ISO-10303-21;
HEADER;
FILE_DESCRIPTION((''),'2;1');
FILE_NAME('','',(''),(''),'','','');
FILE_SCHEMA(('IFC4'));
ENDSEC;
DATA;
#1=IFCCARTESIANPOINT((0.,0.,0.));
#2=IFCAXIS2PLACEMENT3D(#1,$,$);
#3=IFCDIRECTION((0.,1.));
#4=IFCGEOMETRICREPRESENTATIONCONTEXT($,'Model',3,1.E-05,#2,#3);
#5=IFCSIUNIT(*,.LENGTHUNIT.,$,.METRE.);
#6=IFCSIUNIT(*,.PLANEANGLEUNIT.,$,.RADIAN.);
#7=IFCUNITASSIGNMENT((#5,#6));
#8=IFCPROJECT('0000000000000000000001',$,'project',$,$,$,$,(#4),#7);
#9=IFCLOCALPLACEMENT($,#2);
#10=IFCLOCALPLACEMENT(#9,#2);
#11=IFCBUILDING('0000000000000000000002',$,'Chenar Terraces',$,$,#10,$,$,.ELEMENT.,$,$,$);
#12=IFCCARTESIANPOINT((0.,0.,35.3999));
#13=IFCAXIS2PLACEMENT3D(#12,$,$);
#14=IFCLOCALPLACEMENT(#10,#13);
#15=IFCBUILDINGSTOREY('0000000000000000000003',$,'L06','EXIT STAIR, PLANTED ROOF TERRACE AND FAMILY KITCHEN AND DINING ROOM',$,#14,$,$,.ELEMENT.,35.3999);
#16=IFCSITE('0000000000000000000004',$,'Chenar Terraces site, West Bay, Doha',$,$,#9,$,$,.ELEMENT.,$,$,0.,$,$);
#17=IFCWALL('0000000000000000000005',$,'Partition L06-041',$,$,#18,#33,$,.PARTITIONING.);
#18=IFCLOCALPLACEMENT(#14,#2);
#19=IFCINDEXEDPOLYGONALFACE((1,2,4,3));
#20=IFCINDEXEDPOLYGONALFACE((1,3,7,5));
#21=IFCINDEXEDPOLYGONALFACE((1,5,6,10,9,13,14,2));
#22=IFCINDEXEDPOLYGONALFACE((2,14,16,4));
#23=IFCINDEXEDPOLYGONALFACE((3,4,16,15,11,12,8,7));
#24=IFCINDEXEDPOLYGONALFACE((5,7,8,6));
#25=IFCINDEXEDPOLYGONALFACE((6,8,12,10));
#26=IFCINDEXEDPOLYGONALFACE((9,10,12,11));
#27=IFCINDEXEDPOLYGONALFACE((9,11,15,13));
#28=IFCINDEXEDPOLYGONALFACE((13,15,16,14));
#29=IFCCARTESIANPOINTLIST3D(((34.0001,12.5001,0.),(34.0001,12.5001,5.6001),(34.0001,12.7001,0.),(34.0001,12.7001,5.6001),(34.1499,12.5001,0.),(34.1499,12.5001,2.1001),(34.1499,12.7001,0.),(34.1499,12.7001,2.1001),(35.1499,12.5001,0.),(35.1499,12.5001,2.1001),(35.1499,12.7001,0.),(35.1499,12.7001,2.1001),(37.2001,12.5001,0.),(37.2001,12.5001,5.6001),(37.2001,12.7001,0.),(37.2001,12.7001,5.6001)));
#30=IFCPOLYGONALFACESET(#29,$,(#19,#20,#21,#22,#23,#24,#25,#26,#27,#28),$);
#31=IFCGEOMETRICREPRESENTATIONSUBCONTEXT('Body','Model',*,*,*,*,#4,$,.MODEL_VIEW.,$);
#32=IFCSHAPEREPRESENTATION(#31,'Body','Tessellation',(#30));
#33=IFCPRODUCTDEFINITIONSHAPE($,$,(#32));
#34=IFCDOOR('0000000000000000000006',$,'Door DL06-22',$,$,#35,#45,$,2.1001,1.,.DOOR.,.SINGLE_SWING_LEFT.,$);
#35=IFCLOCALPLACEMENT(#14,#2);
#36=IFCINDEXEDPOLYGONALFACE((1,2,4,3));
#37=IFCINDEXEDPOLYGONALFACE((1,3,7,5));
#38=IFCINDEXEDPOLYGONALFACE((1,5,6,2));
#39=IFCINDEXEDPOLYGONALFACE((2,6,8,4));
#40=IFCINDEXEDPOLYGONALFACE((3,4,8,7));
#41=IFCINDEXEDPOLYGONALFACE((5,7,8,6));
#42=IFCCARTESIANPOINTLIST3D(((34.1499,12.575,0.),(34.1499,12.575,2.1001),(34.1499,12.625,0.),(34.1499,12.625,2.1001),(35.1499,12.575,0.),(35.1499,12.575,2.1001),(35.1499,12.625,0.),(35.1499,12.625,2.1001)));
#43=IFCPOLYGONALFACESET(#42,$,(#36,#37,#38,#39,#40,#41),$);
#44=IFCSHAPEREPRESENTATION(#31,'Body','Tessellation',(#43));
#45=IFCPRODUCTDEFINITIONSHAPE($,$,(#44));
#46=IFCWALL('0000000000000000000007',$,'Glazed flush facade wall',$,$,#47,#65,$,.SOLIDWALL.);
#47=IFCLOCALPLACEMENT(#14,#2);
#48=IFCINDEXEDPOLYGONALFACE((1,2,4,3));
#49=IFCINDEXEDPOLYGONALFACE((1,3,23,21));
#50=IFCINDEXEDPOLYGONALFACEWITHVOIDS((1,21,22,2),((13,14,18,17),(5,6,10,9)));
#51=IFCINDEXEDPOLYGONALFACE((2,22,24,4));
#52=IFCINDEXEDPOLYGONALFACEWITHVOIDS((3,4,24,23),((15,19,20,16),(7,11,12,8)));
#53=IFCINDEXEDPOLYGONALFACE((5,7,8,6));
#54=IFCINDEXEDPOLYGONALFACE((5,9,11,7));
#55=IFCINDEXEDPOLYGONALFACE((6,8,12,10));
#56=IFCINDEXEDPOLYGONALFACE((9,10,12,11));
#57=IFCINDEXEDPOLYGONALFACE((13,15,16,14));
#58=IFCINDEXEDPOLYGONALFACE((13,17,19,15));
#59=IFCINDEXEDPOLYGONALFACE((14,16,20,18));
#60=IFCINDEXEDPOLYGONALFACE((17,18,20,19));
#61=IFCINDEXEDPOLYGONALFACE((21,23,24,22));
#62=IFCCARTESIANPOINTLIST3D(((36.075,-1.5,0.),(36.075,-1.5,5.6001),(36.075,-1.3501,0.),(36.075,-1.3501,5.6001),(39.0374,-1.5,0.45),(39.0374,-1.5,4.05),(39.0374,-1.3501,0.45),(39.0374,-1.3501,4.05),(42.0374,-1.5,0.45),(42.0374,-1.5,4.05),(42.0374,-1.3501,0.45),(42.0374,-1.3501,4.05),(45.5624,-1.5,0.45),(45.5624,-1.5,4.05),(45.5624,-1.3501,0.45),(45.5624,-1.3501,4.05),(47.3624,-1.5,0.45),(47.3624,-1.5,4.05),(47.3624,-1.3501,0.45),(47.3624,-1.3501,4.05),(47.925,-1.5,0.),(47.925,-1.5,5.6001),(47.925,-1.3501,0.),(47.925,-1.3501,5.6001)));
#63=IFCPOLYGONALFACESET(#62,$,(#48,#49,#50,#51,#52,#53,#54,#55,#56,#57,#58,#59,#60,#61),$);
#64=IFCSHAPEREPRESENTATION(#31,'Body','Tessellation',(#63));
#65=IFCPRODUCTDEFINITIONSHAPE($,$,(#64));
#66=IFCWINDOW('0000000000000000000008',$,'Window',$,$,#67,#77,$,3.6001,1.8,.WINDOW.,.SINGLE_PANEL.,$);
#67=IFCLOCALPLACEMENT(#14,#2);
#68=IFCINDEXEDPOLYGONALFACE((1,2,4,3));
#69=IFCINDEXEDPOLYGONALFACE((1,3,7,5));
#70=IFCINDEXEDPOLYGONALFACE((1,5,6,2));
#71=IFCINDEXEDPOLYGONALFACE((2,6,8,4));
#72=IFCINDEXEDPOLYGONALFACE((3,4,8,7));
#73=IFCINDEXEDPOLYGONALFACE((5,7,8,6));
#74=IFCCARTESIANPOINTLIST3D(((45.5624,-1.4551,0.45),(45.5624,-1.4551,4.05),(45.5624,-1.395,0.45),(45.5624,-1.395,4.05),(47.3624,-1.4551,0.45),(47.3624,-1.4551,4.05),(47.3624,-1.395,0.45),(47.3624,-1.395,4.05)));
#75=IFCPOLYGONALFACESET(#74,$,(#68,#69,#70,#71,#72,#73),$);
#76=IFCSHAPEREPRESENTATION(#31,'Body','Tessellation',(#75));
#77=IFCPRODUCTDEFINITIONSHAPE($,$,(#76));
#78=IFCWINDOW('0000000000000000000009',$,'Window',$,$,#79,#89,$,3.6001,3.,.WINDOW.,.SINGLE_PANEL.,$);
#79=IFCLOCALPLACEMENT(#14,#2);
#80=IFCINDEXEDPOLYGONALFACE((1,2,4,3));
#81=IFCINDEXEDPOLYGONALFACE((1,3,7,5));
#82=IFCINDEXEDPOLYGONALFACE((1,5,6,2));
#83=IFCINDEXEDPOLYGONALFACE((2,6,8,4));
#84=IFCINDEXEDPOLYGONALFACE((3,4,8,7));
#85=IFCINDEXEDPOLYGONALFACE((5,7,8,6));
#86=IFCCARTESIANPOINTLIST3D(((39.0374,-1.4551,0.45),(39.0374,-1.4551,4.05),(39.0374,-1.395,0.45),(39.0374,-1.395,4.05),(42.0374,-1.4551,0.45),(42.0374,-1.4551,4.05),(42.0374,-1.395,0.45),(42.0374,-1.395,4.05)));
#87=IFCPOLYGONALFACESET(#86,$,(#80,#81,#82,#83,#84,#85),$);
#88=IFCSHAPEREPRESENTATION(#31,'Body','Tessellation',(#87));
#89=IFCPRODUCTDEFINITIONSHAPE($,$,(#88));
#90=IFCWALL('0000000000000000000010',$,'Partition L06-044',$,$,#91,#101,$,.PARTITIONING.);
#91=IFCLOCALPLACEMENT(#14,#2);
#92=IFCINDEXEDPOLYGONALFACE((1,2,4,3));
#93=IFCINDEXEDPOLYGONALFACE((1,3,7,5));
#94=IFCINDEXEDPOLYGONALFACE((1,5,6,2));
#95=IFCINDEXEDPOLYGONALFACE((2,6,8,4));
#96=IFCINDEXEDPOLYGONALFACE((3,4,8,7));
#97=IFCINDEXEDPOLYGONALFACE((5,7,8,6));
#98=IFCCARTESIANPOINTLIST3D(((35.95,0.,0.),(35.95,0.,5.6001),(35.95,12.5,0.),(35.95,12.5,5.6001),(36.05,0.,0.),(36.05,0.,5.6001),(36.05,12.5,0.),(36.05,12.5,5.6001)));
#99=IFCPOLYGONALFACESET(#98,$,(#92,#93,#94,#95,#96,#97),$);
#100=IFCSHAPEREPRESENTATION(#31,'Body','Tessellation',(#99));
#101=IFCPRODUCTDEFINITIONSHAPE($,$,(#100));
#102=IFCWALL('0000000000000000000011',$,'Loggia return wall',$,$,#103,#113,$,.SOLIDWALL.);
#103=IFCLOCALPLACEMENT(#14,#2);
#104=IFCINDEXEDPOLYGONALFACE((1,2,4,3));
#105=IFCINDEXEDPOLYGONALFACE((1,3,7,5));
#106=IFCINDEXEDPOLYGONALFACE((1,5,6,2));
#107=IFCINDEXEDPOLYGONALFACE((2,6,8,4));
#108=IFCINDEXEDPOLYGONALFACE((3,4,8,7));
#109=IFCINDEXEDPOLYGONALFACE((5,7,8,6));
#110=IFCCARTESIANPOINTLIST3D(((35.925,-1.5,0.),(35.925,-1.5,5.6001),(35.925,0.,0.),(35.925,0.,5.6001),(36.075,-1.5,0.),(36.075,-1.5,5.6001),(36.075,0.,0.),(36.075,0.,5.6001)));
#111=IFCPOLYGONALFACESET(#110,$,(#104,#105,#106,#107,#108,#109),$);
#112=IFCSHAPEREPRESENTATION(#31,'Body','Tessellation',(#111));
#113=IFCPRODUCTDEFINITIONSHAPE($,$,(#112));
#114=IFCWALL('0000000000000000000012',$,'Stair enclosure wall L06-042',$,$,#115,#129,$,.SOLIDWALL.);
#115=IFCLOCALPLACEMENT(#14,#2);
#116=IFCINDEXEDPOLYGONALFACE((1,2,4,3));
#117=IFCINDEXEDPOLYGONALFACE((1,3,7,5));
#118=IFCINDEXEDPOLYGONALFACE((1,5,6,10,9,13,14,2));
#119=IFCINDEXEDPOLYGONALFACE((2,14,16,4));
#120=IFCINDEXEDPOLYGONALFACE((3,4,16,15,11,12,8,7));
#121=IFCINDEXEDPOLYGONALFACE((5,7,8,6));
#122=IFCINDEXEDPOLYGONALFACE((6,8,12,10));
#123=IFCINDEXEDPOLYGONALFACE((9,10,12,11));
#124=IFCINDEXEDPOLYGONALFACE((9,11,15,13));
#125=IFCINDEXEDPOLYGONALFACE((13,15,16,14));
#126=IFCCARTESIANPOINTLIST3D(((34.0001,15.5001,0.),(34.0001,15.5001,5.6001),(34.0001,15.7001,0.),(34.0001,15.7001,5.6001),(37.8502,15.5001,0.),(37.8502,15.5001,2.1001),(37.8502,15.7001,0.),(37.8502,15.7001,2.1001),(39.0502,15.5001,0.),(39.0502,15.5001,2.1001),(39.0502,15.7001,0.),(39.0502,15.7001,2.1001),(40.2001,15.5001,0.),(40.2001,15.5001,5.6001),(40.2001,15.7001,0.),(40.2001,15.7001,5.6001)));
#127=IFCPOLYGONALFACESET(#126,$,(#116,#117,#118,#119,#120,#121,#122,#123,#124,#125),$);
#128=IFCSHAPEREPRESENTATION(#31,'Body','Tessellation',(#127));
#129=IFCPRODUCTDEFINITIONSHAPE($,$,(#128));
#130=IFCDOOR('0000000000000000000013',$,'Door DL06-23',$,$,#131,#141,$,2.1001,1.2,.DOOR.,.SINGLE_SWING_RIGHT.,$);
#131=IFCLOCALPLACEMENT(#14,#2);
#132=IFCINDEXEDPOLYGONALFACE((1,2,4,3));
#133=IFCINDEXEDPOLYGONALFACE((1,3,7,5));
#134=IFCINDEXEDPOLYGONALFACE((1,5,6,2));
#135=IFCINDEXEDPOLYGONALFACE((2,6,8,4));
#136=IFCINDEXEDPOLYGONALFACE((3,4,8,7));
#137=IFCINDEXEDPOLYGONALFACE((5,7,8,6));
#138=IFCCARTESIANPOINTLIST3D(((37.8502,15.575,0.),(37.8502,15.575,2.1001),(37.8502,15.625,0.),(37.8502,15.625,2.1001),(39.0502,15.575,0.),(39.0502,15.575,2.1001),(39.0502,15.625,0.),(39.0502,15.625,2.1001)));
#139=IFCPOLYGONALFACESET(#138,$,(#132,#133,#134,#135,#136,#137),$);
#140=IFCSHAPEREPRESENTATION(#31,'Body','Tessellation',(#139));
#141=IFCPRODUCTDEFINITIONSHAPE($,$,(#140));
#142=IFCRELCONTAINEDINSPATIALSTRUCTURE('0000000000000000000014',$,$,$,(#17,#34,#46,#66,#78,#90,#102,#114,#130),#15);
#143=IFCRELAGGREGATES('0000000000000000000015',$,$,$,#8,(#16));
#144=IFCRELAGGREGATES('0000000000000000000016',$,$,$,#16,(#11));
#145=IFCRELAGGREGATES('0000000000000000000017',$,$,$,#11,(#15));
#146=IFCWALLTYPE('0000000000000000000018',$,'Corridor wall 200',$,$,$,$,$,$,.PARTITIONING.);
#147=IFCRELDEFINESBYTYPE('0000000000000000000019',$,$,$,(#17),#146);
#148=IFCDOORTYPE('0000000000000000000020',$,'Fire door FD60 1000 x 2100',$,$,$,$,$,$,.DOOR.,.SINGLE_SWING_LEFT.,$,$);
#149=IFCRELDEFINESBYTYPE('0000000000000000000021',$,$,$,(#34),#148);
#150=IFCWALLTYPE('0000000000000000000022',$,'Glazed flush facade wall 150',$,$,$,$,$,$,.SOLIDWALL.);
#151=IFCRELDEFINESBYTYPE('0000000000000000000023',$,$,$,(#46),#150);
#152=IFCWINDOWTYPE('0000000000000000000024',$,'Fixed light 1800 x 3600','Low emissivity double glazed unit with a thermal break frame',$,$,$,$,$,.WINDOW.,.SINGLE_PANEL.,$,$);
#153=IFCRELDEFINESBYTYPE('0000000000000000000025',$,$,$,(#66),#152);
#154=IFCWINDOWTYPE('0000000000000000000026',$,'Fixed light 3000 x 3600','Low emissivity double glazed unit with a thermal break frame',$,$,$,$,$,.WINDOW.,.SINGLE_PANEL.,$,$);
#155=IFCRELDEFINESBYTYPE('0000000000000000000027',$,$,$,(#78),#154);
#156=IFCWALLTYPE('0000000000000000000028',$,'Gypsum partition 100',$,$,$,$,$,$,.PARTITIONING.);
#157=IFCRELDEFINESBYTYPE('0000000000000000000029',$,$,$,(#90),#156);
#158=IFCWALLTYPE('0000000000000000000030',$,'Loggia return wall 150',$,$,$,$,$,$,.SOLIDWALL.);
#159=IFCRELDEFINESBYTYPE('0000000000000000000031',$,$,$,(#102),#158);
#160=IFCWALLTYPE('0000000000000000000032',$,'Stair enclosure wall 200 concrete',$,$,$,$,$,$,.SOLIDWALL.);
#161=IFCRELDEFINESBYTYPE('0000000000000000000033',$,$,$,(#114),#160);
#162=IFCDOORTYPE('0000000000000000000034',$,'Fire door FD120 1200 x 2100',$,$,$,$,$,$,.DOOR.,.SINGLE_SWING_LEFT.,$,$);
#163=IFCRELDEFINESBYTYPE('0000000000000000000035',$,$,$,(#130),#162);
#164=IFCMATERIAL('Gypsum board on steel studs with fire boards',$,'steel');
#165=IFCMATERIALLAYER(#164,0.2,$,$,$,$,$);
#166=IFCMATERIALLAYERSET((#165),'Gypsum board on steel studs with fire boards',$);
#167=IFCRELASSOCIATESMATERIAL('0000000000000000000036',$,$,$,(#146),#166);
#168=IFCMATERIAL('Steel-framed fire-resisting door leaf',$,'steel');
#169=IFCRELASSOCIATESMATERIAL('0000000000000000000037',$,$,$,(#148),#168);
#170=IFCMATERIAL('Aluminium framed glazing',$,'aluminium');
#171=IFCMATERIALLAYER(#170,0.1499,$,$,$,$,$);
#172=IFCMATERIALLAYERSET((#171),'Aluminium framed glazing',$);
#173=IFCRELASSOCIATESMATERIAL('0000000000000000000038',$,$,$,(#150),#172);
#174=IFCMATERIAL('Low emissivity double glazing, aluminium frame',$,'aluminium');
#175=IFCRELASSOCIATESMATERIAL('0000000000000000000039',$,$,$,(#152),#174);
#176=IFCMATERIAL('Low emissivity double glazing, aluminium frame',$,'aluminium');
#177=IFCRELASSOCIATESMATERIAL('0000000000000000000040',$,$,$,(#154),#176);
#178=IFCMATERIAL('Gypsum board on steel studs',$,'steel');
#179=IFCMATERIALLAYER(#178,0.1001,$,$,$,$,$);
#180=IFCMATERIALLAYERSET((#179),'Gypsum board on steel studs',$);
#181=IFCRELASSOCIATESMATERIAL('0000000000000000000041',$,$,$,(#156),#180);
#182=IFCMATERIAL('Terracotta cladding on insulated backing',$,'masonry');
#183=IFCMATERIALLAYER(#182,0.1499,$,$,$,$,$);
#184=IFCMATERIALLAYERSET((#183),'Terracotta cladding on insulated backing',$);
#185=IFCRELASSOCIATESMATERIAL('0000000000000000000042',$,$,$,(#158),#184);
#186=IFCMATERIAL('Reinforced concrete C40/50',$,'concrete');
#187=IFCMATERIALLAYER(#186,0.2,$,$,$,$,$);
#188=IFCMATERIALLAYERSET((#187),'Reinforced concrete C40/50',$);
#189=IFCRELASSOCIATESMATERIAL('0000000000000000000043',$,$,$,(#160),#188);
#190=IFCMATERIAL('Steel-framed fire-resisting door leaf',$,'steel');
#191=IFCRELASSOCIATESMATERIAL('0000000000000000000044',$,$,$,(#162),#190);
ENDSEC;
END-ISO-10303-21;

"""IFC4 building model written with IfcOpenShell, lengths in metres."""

from ifc_helpers import new_model, si_unit, direction, frame, frame_2d, origin, place, context, subcontext, project, spatial, rectangle, extrude, material, layer, layer_set, type_object, element, fill, save


model = new_model("IFC4")

# Units and contexts
model_context = context("Model", 3, precision=1e-05, world=origin(), true_north=direction((0.0, 1.0)))
body_context = subcontext(model_context, "Body", "Model", "MODEL_VIEW")
ifc_project = project(units=[si_unit("LENGTHUNIT", "METRE"), si_unit("PLANEANGLEUNIT", "RADIAN")], contexts=[model_context])

# Site, building, storey
site_placement = place(None, origin())
site = spatial("IfcSite", under=ifc_project, at=site_placement, Name="Chenar Terraces site, West Bay, Doha", CompositionType="ELEMENT", RefElevation=0.0)
building_placement = place(site_placement, origin())
building = spatial("IfcBuilding", under=site, at=building_placement, Name="Chenar Terraces", CompositionType="ELEMENT")
storey_placement = place(building_placement, frame((0.0, 0.0, 35.3999)))
storey = spatial("IfcBuildingStorey", under=building, at=storey_placement, Name="L06", Description="EXIT STAIR, PLANTED ROOF TERRACE AND FAMILY KITCHEN AND DINING ROOM", CompositionType="ELEMENT", Elevation=35.3999)

# Wall, opening, door
ifc_material_1 = material(Name="Gypsum board on steel studs with fire boards", Category="steel")
ifc_layer_1 = layer(ifc_material_1, 0.2)
ifc_layer_set_1 = layer_set([ifc_layer_1], Name="Gypsum board on steel studs with fire boards")
wall_type_1 = type_object("IfcWallType", Name="Corridor wall 200", PredefinedType="PARTITIONING", material=ifc_layer_set_1)
wall_1_placement = place(storey_placement, frame((34.0, 12.6001, 0.0), z_axis=(0.0, 0.0, 1.0), x_axis=(1.0, 0.0, 0.0)))
wall_1 = element("IfcWall", 1, at=wall_1_placement, inside=storey, type_object=wall_type_1, Name="Partition L06-041", PredefinedType="PARTITIONING", context=body_context, shape_type="SweptSolid", body=[
    extrude(rectangle(XDim=3.2, YDim=0.2, at=frame_2d((1.6001, 0.0))), origin(), (0.0, 0.0, 1.0), 5.6001),
])
opening_1_placement = place(wall_1_placement, frame((0.1499, 0.0, 0.0)))
opening_1 = element("IfcOpeningElement", 2, at=opening_1_placement, cuts=wall_1, PredefinedType="OPENING", context=body_context, shape_type="SweptSolid", body=[
    extrude(rectangle(XDim=1.0, YDim=2.1001, at=frame_2d((0.5, 1.05))), frame((0.0, 0.1099, 0.0), z_axis=(0.0, -1.0, 0.0), x_axis=(1.0, 0.0, 0.0)), (0.0, 0.0, 1.0), 0.22),
])
ifc_material_2 = material(Name="Steel-framed fire-resisting door leaf", Category="steel")
door_type_1 = type_object("IfcDoorType", Name="Fire door FD60 1000 x 2100", OperationType="SINGLE_SWING_LEFT", PredefinedType="DOOR", material=ifc_material_2)
door_1_placement = place(opening_1_placement, origin())
door_1 = element("IfcDoor", 3, at=door_1_placement, inside=storey, type_object=door_type_1, Name="Door DL06-22", OperationType="SINGLE_SWING_LEFT", OverallHeight=2.1001, OverallWidth=1.0, PredefinedType="DOOR", context=body_context, shape_type="SweptSolid", body=[
    extrude(rectangle(XDim=1.0, YDim=2.1001, at=frame_2d((0.5, 1.05))), frame((0.0, 0.0249, 0.0), z_axis=(0.0, -1.0, 0.0), x_axis=(1.0, 0.0, 0.0)), (0.0, 0.0, 1.0), 0.05),
])
fill(opening_1, door_1)

# Wall, openings, windows
ifc_material_3 = material(Name="Aluminium framed glazing", Category="aluminium")
ifc_layer_2 = layer(ifc_material_3, 0.1499)
ifc_layer_set_2 = layer_set([ifc_layer_2], Name="Aluminium framed glazing")
wall_type_2 = type_object("IfcWallType", Name="Glazed flush facade wall 150", PredefinedType="SOLIDWALL", material=ifc_layer_set_2)
wall_2_placement = place(storey_placement, frame((36.075, -1.425, 0.0), z_axis=(0.0, 0.0, 1.0), x_axis=(1.0, 0.0, 0.0)))
wall_2 = element("IfcWall", 4, at=wall_2_placement, inside=storey, type_object=wall_type_2, Name="Glazed flush facade wall", PredefinedType="SOLIDWALL", context=body_context, shape_type="SweptSolid", body=[
    extrude(rectangle(XDim=11.8501, YDim=0.1499, at=frame_2d((5.925, 0.0))), origin(), (0.0, 0.0, 1.0), 5.6001),
])
opening_2_placement = place(wall_2_placement, frame((2.9624, 0.0, 0.45)))
opening_2 = element("IfcOpeningElement", 5, at=opening_2_placement, cuts=wall_2, PredefinedType="OPENING", context=body_context, shape_type="SweptSolid", body=[
    extrude(rectangle(XDim=3.0, YDim=3.6001, at=frame_2d((1.5, 1.8))), frame((0.0, 0.085, 0.0), z_axis=(0.0, -1.0, 0.0), x_axis=(1.0, 0.0, 0.0)), (0.0, 0.0, 1.0), 0.1699),
])
opening_3_placement = place(wall_2_placement, frame((9.4875, 0.0, 0.45)))
opening_3 = element("IfcOpeningElement", 6, at=opening_3_placement, cuts=wall_2, PredefinedType="OPENING", context=body_context, shape_type="SweptSolid", body=[
    extrude(rectangle(XDim=1.8, YDim=3.6001, at=frame_2d((0.8999, 1.8))), frame((0.0, 0.085, 0.0), z_axis=(0.0, -1.0, 0.0), x_axis=(1.0, 0.0, 0.0)), (0.0, 0.0, 1.0), 0.1699),
])
ifc_material_4 = material(Name="Low emissivity double glazing, aluminium frame", Category="aluminium")
window_type_1 = type_object("IfcWindowType", Name="Fixed light 1800 x 3600", Description="Low emissivity double glazed unit with a thermal break frame", PartitioningType="SINGLE_PANEL", PredefinedType="WINDOW", material=ifc_material_4)
window_1_placement = place(opening_3_placement, origin())
window_1 = element("IfcWindow", 7, at=window_1_placement, inside=storey, type_object=window_type_1, Name="Window", OverallHeight=3.6001, OverallWidth=1.8, PartitioningType="SINGLE_PANEL", PredefinedType="WINDOW", context=body_context, shape_type="SweptSolid", body=[
    extrude(rectangle(XDim=1.8, YDim=3.6001, at=frame_2d((0.8999, 1.8))), frame((0.0, 0.03, 0.0), z_axis=(0.0, -1.0, 0.0), x_axis=(1.0, 0.0, 0.0)), (0.0, 0.0, 1.0), 0.0601),
])
fill(opening_3, window_1)
ifc_material_5 = material(Name="Low emissivity double glazing, aluminium frame", Category="aluminium")
window_type_2 = type_object("IfcWindowType", Name="Fixed light 3000 x 3600", Description="Low emissivity double glazed unit with a thermal break frame", PartitioningType="SINGLE_PANEL", PredefinedType="WINDOW", material=ifc_material_5)
window_2_placement = place(opening_2_placement, origin())
window_2 = element("IfcWindow", 8, at=window_2_placement, inside=storey, type_object=window_type_2, Name="Window", OverallHeight=3.6001, OverallWidth=3.0, PartitioningType="SINGLE_PANEL", PredefinedType="WINDOW", context=body_context, shape_type="SweptSolid", body=[
    extrude(rectangle(XDim=3.0, YDim=3.6001, at=frame_2d((1.5, 1.8))), frame((0.0, 0.03, 0.0), z_axis=(0.0, -1.0, 0.0), x_axis=(1.0, 0.0, 0.0)), (0.0, 0.0, 1.0), 0.0601),
])
fill(opening_2, window_2)

# Walls
ifc_material_6 = material(Name="Gypsum board on steel studs", Category="steel")
ifc_layer_3 = layer(ifc_material_6, 0.1001)
ifc_layer_set_3 = layer_set([ifc_layer_3], Name="Gypsum board on steel studs")
wall_type_3 = type_object("IfcWallType", Name="Gypsum partition 100", PredefinedType="PARTITIONING", material=ifc_layer_set_3)
wall_3_placement = place(storey_placement, frame((36.0, 0.0, 0.0), z_axis=(0.0, 0.0, 1.0), x_axis=(0.0, 1.0, 0.0)))
element("IfcWall", 9, at=wall_3_placement, inside=storey, type_object=wall_type_3, Name="Partition L06-044", PredefinedType="PARTITIONING", context=body_context, shape_type="SweptSolid", body=[
    extrude(rectangle(XDim=12.5, YDim=0.1001, at=frame_2d((6.25, 0.0))), origin(), (0.0, 0.0, 1.0), 5.6001),
])
ifc_material_7 = material(Name="Terracotta cladding on insulated backing", Category="masonry")
ifc_layer_4 = layer(ifc_material_7, 0.1499)
ifc_layer_set_4 = layer_set([ifc_layer_4], Name="Terracotta cladding on insulated backing")
wall_type_4 = type_object("IfcWallType", Name="Loggia return wall 150", PredefinedType="SOLIDWALL", material=ifc_layer_set_4)
wall_4_placement = place(storey_placement, frame((36.0, -1.5, 0.0), z_axis=(0.0, 0.0, 1.0), x_axis=(0.0, 1.0, 0.0)))
element("IfcWall", 10, at=wall_4_placement, inside=storey, type_object=wall_type_4, Name="Loggia return wall", PredefinedType="SOLIDWALL", context=body_context, shape_type="SweptSolid", body=[
    extrude(rectangle(XDim=1.5, YDim=0.1499, at=frame_2d((0.75, 0.0))), origin(), (0.0, 0.0, 1.0), 5.6001),
])

# Wall, opening, door
ifc_material_8 = material(Name="Reinforced concrete C40/50", Category="concrete")
ifc_layer_5 = layer(ifc_material_8, 0.2)
ifc_layer_set_5 = layer_set([ifc_layer_5], Name="Reinforced concrete C40/50")
wall_type_5 = type_object("IfcWallType", Name="Stair enclosure wall 200 concrete", PredefinedType="SOLIDWALL", material=ifc_layer_set_5)
wall_5_placement = place(storey_placement, frame((34.0, 15.6001, 0.0), z_axis=(0.0, 0.0, 1.0), x_axis=(1.0, 0.0, 0.0)))
wall_5 = element("IfcWall", 11, at=wall_5_placement, inside=storey, type_object=wall_type_5, Name="Stair enclosure wall L06-042", PredefinedType="SOLIDWALL", context=body_context, shape_type="SweptSolid", body=[
    extrude(rectangle(XDim=6.2, YDim=0.2, at=frame_2d((3.1001, 0.0))), origin(), (0.0, 0.0, 1.0), 5.6001),
])
opening_4_placement = place(wall_5_placement, frame((3.8501, 0.0, 0.0)))
opening_4 = element("IfcOpeningElement", 12, at=opening_4_placement, cuts=wall_5, PredefinedType="OPENING", context=body_context, shape_type="SweptSolid", body=[
    extrude(rectangle(XDim=1.2, YDim=2.1001, at=frame_2d((0.6001, 1.05))), frame((0.0, 0.1099, 0.0), z_axis=(0.0, -1.0, 0.0), x_axis=(1.0, 0.0, 0.0)), (0.0, 0.0, 1.0), 0.22),
])
ifc_material_9 = material(Name="Steel-framed fire-resisting door leaf", Category="steel")
door_type_2 = type_object("IfcDoorType", Name="Fire door FD120 1200 x 2100", OperationType="SINGLE_SWING_LEFT", PredefinedType="DOOR", material=ifc_material_9)
door_2_placement = place(opening_4_placement, origin())
door_2 = element("IfcDoor", 13, at=door_2_placement, inside=storey, type_object=door_type_2, Name="Door DL06-23", OperationType="SINGLE_SWING_RIGHT", OverallHeight=2.1001, OverallWidth=1.2, PredefinedType="DOOR", context=body_context, shape_type="SweptSolid", body=[
    extrude(rectangle(XDim=1.2, YDim=2.1001, at=frame_2d((0.6001, 1.05))), frame((0.0, 0.0249, 0.0), z_axis=(0.0, -1.0, 0.0), x_axis=(1.0, 0.0, 0.0)), (0.0, 0.0, 1.0), 0.05),
])
fill(opening_4, door_2)

save(model, "model.ifc")
